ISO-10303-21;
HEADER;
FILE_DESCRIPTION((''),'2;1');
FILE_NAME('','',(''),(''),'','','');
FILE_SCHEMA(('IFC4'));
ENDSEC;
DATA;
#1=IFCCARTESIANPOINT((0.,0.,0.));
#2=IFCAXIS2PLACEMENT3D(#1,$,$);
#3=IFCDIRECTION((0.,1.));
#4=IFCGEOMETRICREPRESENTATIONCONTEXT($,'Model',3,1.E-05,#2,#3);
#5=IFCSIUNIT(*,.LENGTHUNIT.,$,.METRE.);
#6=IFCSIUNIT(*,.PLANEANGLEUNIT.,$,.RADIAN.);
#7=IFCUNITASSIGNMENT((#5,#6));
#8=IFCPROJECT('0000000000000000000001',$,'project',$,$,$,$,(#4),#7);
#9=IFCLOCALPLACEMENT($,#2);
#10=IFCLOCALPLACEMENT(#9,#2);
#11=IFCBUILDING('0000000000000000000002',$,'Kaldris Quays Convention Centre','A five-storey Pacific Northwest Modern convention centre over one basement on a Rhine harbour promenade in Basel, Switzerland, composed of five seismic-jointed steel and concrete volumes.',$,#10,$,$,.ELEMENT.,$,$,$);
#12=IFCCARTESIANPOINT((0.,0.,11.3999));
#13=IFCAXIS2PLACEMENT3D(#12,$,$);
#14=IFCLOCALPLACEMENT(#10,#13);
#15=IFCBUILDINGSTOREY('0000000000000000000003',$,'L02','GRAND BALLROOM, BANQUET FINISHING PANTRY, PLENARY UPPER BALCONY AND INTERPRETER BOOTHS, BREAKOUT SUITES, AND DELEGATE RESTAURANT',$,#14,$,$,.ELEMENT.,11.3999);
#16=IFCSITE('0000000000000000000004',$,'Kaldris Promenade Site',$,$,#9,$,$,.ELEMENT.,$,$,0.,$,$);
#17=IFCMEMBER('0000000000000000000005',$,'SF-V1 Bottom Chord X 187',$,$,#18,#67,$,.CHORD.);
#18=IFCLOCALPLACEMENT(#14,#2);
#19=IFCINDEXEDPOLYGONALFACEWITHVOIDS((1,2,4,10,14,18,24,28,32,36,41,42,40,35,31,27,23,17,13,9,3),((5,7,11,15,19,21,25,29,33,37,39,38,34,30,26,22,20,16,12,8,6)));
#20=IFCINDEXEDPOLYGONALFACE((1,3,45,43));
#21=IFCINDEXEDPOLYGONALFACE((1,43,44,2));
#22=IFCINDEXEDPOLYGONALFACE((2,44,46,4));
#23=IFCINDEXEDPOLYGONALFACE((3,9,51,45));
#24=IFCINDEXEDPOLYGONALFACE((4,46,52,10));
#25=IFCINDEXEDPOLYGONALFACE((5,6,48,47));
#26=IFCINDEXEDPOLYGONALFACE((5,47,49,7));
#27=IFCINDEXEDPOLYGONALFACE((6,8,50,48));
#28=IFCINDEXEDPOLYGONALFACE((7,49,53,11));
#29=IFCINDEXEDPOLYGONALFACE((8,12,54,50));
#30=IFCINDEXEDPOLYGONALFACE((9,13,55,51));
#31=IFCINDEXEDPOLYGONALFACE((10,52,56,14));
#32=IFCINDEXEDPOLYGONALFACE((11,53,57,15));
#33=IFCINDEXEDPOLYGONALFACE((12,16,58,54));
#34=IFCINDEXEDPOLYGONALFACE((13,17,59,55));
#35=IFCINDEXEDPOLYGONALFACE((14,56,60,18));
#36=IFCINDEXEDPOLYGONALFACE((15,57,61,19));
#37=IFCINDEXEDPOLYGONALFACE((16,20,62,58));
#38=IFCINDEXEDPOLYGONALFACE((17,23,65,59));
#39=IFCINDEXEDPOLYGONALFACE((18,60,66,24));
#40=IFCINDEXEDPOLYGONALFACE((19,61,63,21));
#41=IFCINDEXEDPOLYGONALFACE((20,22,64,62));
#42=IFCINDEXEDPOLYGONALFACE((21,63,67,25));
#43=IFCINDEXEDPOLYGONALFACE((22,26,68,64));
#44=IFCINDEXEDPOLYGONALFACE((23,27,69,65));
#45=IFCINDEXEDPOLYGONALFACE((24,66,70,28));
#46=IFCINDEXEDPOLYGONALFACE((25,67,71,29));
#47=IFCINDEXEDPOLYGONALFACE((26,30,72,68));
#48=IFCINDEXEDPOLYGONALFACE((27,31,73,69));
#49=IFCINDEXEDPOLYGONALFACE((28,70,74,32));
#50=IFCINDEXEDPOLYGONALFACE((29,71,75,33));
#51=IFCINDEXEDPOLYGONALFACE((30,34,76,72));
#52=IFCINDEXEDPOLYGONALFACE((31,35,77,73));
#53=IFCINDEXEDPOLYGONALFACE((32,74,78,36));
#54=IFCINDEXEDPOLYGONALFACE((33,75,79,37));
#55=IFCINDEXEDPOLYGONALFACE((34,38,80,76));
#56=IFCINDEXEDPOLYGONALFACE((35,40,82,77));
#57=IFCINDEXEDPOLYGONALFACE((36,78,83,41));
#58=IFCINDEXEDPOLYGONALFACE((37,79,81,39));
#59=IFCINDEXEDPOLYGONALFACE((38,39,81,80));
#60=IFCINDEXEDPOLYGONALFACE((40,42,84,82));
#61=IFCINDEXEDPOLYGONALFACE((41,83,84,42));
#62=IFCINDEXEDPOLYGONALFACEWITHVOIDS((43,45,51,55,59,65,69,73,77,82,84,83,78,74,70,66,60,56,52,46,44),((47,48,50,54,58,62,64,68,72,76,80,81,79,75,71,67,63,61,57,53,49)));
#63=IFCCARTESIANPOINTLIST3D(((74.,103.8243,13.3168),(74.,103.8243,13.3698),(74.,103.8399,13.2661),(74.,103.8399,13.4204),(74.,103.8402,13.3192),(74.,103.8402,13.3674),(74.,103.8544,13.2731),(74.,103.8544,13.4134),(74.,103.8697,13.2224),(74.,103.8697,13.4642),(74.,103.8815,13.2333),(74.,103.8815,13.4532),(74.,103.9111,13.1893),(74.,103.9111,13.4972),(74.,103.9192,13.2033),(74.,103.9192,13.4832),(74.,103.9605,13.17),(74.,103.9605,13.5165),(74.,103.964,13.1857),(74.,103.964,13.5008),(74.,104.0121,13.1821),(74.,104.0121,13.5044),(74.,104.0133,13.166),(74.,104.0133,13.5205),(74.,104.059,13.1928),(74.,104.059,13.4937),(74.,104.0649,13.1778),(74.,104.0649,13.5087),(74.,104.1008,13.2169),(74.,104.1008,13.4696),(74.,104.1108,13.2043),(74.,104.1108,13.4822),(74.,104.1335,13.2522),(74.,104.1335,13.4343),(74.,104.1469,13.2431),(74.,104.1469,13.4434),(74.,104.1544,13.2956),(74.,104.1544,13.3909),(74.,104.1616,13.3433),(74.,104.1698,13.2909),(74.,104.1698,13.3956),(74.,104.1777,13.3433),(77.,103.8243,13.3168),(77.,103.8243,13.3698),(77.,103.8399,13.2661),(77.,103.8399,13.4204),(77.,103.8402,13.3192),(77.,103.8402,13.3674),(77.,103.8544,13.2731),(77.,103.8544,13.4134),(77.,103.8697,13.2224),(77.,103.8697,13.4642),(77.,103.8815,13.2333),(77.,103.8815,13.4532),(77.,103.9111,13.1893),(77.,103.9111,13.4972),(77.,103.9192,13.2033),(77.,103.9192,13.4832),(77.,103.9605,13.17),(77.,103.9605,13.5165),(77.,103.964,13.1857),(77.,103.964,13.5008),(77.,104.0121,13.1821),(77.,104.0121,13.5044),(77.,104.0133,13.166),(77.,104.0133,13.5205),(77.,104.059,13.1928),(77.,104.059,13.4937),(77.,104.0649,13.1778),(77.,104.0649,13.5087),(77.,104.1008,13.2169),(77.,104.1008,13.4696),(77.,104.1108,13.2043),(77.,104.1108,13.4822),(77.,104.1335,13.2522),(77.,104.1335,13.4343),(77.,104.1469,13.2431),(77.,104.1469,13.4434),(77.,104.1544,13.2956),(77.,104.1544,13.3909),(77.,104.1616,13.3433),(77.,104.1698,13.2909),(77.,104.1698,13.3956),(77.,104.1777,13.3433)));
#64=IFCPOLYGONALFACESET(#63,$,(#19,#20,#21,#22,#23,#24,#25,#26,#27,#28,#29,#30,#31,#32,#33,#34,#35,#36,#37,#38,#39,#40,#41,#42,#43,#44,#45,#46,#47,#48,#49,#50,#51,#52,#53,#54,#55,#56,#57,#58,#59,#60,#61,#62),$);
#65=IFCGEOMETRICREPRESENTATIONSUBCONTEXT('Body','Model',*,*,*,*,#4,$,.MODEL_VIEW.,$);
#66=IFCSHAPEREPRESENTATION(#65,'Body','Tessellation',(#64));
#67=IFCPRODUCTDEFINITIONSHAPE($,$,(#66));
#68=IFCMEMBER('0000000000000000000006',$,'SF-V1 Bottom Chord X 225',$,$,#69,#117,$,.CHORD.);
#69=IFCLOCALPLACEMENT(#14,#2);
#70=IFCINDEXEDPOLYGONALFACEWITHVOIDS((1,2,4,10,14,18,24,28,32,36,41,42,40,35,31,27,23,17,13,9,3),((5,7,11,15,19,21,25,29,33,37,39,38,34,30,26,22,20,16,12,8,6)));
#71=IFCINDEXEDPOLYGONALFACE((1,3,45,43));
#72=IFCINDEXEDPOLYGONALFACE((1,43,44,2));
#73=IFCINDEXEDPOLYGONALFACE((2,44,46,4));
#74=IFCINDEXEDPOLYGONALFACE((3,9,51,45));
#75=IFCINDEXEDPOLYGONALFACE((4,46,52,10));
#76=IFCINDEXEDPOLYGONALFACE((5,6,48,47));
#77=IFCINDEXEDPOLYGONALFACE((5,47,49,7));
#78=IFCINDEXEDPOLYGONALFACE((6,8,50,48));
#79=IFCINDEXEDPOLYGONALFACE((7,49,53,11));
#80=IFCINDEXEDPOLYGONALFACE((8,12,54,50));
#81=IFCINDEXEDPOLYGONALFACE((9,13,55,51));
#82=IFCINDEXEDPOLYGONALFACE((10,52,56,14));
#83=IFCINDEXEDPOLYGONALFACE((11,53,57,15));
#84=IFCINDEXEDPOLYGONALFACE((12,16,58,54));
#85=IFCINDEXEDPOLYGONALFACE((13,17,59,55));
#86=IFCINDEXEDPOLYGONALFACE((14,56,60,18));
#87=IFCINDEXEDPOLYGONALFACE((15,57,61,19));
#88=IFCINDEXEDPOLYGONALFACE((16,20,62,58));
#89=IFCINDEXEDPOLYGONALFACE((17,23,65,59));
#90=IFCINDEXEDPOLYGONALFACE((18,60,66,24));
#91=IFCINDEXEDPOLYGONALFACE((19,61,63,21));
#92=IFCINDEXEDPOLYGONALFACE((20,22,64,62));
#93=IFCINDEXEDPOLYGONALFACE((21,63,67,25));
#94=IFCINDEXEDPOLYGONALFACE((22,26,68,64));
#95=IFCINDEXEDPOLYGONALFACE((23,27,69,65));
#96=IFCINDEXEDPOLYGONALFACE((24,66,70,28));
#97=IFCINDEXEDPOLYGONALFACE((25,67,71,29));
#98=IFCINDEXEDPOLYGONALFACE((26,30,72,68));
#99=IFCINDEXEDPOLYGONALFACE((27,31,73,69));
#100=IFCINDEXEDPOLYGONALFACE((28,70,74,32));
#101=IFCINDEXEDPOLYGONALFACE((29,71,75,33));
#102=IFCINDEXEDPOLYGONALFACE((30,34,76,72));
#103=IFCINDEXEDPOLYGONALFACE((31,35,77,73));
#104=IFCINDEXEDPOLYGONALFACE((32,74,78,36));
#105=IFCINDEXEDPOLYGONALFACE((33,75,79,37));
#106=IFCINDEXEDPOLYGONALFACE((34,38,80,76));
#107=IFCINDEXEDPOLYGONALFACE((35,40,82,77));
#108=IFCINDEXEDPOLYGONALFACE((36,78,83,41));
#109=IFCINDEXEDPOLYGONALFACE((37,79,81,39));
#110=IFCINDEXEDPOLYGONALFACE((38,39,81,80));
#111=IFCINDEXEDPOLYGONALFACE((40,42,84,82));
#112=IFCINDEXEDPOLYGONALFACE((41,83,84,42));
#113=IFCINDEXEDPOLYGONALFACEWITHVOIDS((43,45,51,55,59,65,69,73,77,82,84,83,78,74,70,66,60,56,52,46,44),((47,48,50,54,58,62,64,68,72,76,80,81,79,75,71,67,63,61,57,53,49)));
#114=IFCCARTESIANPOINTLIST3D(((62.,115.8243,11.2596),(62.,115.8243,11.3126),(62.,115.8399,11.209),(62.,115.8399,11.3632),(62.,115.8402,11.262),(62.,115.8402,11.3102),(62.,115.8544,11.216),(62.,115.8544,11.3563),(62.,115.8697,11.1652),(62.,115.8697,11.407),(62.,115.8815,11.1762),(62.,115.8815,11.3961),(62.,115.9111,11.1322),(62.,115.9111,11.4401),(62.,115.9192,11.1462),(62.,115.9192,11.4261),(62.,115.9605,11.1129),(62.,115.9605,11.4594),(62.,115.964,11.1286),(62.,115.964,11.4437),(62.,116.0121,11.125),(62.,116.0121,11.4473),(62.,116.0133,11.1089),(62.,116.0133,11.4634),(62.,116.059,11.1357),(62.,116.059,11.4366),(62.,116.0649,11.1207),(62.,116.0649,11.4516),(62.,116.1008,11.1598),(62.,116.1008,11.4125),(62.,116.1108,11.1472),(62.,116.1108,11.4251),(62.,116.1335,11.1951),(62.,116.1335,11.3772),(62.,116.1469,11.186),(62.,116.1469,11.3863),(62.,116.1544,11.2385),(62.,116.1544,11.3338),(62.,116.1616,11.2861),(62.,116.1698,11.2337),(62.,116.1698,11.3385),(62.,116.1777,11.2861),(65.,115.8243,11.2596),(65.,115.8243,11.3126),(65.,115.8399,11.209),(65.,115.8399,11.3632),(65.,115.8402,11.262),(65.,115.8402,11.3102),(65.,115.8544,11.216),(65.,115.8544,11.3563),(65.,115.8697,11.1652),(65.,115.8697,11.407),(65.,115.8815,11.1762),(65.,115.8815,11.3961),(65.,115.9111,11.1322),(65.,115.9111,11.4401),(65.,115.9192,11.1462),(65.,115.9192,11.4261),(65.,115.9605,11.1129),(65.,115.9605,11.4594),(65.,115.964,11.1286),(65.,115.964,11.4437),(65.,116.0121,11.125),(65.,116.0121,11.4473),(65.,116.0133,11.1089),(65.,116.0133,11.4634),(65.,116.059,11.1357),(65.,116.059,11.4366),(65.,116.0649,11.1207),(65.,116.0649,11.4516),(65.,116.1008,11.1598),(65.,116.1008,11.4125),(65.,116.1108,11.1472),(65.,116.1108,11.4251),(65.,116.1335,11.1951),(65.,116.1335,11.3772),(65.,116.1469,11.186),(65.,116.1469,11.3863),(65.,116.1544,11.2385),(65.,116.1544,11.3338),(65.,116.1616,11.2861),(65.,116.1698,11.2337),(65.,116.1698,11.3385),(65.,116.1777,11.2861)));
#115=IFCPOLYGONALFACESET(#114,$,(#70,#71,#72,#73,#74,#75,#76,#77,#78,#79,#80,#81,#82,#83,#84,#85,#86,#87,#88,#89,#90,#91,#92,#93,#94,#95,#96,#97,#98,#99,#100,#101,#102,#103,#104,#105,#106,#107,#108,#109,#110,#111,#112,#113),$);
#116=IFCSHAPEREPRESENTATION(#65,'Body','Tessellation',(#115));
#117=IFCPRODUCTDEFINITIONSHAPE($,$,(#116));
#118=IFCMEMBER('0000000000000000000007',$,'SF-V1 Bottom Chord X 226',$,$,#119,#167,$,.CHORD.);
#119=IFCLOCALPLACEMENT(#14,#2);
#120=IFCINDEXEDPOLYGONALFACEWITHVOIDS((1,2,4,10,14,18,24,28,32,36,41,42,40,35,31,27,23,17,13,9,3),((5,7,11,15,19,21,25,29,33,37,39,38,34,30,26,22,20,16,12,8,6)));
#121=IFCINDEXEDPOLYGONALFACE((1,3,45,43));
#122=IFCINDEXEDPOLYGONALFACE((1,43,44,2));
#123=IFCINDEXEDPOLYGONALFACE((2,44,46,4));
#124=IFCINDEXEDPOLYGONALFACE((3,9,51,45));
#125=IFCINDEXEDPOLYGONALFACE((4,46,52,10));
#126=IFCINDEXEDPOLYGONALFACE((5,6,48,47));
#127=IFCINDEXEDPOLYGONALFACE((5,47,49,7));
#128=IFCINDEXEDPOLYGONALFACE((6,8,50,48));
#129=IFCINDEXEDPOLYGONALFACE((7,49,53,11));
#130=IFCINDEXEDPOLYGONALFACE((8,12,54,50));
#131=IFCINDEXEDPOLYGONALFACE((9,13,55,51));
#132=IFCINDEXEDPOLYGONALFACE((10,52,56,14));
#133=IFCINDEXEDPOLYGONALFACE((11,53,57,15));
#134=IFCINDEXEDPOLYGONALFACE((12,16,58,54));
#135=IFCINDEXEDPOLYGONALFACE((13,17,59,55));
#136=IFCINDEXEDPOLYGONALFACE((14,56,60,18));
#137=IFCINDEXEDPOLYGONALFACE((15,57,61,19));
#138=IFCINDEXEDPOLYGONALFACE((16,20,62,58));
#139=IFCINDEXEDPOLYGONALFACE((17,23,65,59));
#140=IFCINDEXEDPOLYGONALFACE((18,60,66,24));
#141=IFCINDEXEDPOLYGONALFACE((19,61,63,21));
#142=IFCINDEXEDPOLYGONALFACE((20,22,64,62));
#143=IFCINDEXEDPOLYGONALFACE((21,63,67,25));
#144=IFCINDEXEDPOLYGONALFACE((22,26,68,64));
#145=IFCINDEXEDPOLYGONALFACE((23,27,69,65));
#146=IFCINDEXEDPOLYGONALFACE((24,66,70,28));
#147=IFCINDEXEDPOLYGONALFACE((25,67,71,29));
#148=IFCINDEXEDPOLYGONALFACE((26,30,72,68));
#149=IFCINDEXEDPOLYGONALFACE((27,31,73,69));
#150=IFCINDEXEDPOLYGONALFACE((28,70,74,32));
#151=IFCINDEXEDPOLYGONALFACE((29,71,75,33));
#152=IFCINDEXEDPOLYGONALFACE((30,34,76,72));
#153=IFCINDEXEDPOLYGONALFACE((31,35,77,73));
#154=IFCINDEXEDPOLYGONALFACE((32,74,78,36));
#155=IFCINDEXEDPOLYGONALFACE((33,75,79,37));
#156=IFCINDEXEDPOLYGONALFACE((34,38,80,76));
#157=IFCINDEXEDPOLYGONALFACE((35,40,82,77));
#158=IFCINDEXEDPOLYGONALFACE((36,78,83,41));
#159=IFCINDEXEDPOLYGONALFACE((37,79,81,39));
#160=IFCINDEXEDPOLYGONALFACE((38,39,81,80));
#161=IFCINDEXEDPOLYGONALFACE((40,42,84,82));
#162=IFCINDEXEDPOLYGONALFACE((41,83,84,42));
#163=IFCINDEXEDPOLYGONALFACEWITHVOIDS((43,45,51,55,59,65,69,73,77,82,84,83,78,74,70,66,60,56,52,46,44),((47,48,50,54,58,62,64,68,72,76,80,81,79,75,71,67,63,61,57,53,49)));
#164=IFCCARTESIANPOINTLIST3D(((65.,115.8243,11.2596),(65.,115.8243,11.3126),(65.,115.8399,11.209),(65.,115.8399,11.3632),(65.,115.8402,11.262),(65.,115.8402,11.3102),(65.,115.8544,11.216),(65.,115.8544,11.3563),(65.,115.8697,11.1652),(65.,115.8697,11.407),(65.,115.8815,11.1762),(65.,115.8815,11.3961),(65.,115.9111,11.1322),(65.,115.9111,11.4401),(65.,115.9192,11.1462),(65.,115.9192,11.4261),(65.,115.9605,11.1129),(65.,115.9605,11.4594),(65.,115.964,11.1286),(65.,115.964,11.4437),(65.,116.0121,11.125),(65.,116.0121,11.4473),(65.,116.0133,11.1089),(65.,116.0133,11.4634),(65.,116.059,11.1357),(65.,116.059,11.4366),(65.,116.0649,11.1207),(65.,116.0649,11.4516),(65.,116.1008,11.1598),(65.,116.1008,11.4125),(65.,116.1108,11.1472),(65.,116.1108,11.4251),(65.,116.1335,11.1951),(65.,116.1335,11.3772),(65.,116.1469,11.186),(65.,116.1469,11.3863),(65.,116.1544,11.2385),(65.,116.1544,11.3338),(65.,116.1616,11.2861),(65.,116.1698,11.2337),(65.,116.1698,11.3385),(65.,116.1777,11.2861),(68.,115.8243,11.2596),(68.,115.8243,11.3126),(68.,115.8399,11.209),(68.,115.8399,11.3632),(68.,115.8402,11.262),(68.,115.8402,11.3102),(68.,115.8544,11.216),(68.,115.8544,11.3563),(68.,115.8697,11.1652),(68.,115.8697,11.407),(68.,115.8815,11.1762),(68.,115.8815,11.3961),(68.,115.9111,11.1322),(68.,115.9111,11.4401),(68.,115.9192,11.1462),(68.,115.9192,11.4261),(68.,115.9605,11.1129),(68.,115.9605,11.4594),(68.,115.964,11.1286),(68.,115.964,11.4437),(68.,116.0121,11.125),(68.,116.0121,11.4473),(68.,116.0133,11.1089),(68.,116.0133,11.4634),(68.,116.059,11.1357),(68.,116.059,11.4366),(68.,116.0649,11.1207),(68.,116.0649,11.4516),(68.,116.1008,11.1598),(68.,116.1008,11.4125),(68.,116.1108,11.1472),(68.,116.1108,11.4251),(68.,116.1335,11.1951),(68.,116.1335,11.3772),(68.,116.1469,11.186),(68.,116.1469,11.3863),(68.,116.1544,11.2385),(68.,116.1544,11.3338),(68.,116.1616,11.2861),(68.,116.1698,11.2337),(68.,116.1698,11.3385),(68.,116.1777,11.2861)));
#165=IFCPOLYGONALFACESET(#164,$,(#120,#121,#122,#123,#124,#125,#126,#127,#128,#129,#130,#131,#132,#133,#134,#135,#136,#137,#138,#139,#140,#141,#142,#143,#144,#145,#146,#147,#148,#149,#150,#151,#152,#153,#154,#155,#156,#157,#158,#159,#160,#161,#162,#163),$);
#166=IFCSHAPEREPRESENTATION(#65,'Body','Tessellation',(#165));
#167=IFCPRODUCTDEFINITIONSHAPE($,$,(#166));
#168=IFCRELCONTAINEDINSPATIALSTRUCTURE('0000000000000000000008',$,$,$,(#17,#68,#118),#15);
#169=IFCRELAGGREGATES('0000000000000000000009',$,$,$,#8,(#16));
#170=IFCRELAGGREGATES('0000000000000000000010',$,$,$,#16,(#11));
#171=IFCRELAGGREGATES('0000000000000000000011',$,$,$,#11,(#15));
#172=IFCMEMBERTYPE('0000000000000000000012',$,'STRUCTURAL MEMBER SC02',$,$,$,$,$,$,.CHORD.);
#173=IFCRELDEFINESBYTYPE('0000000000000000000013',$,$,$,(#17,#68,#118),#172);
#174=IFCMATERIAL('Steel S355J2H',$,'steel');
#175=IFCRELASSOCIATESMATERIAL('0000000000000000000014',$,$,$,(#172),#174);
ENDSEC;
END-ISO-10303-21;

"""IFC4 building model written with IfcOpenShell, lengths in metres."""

from ifc_helpers import new_model, si_unit, direction, frame, origin, origin_2d, place, context, subcontext, project, spatial, hollow_circle, extrude, material, material_profile, profile_set, type_object, element, save


model = new_model("IFC4")

# Units and contexts
model_context = context("Model", 3, precision=1e-05, world=origin(), true_north=direction((0.0, 1.0)))
body_context = subcontext(model_context, "Body", "Model", "MODEL_VIEW")
ifc_project = project(units=[si_unit("LENGTHUNIT", "METRE"), si_unit("PLANEANGLEUNIT", "RADIAN")], contexts=[model_context])

# Site, building, storey
site_placement = place(None, origin())
site = spatial("IfcSite", under=ifc_project, at=site_placement, Name="Kaldris Promenade Site", CompositionType="ELEMENT", RefElevation=0.0)
building_placement = place(site_placement, origin())
building = spatial("IfcBuilding", under=site, at=building_placement, Name="Kaldris Quays Convention Centre", Description="A five-storey Pacific Northwest Modern convention centre over one basement on a Rhine harbour promenade in Basel, Switzerland, composed of five seismic-jointed steel and concrete volumes.", CompositionType="ELEMENT")
storey_placement = place(building_placement, frame((0.0, 0.0, 11.3999)))
storey = spatial("IfcBuildingStorey", under=building, at=storey_placement, Name="L02", Description="GRAND BALLROOM, BANQUET FINISHING PANTRY, PLENARY UPPER BALCONY AND INTERPRETER BOOTHS, BREAKOUT SUITES, AND DELEGATE RESTAURANT", CompositionType="ELEMENT", Elevation=11.3999)

# Members
ifc_material_1 = material(Name="Steel S355J2H", Category="steel")
ifc_material_profile_1 = material_profile(ifc_material_1, hollow_circle(Radius=0.1777, WallThickness=0.0161, at=origin_2d()), Name="CHS 355.6x16")
ifc_profile_set_1 = profile_set([ifc_material_profile_1], Name="Steel S355J2H")
member_type_1 = type_object("IfcMemberType", Name="STRUCTURAL MEMBER SC02", PredefinedType="CHORD", material=ifc_profile_set_1)
for number, where, z_axis, x_axis, name in (
    (1, (74.0, 104.0, 13.3433), (1.0, 0.0, 0.0), (0.0, 1.0, 0.0), "SF-V1 Bottom Chord X 187"),
    (2, (62.0, 116.0, 11.2861), (1.0, 0.0, 0.0), (0.0, 1.0, 0.0), "SF-V1 Bottom Chord X 225"),
    (3, (65.0, 116.0, 11.2861), (1.0, 0.0, 0.0), (0.0, 1.0, 0.0), "SF-V1 Bottom Chord X 226"),
):
    element("IfcMember", number, at=place(storey_placement, frame(where, z_axis=z_axis, x_axis=x_axis)), inside=storey, type_object=member_type_1, Name=name, PredefinedType="CHORD", context=body_context, shape_type="SweptSolid", body=[
        extrude(hollow_circle(Radius=0.1777, WallThickness=0.0161, at=origin_2d()), origin(), (0.0, 0.0, 1.0), 3.0),
    ])

save(model, "model.ifc")
